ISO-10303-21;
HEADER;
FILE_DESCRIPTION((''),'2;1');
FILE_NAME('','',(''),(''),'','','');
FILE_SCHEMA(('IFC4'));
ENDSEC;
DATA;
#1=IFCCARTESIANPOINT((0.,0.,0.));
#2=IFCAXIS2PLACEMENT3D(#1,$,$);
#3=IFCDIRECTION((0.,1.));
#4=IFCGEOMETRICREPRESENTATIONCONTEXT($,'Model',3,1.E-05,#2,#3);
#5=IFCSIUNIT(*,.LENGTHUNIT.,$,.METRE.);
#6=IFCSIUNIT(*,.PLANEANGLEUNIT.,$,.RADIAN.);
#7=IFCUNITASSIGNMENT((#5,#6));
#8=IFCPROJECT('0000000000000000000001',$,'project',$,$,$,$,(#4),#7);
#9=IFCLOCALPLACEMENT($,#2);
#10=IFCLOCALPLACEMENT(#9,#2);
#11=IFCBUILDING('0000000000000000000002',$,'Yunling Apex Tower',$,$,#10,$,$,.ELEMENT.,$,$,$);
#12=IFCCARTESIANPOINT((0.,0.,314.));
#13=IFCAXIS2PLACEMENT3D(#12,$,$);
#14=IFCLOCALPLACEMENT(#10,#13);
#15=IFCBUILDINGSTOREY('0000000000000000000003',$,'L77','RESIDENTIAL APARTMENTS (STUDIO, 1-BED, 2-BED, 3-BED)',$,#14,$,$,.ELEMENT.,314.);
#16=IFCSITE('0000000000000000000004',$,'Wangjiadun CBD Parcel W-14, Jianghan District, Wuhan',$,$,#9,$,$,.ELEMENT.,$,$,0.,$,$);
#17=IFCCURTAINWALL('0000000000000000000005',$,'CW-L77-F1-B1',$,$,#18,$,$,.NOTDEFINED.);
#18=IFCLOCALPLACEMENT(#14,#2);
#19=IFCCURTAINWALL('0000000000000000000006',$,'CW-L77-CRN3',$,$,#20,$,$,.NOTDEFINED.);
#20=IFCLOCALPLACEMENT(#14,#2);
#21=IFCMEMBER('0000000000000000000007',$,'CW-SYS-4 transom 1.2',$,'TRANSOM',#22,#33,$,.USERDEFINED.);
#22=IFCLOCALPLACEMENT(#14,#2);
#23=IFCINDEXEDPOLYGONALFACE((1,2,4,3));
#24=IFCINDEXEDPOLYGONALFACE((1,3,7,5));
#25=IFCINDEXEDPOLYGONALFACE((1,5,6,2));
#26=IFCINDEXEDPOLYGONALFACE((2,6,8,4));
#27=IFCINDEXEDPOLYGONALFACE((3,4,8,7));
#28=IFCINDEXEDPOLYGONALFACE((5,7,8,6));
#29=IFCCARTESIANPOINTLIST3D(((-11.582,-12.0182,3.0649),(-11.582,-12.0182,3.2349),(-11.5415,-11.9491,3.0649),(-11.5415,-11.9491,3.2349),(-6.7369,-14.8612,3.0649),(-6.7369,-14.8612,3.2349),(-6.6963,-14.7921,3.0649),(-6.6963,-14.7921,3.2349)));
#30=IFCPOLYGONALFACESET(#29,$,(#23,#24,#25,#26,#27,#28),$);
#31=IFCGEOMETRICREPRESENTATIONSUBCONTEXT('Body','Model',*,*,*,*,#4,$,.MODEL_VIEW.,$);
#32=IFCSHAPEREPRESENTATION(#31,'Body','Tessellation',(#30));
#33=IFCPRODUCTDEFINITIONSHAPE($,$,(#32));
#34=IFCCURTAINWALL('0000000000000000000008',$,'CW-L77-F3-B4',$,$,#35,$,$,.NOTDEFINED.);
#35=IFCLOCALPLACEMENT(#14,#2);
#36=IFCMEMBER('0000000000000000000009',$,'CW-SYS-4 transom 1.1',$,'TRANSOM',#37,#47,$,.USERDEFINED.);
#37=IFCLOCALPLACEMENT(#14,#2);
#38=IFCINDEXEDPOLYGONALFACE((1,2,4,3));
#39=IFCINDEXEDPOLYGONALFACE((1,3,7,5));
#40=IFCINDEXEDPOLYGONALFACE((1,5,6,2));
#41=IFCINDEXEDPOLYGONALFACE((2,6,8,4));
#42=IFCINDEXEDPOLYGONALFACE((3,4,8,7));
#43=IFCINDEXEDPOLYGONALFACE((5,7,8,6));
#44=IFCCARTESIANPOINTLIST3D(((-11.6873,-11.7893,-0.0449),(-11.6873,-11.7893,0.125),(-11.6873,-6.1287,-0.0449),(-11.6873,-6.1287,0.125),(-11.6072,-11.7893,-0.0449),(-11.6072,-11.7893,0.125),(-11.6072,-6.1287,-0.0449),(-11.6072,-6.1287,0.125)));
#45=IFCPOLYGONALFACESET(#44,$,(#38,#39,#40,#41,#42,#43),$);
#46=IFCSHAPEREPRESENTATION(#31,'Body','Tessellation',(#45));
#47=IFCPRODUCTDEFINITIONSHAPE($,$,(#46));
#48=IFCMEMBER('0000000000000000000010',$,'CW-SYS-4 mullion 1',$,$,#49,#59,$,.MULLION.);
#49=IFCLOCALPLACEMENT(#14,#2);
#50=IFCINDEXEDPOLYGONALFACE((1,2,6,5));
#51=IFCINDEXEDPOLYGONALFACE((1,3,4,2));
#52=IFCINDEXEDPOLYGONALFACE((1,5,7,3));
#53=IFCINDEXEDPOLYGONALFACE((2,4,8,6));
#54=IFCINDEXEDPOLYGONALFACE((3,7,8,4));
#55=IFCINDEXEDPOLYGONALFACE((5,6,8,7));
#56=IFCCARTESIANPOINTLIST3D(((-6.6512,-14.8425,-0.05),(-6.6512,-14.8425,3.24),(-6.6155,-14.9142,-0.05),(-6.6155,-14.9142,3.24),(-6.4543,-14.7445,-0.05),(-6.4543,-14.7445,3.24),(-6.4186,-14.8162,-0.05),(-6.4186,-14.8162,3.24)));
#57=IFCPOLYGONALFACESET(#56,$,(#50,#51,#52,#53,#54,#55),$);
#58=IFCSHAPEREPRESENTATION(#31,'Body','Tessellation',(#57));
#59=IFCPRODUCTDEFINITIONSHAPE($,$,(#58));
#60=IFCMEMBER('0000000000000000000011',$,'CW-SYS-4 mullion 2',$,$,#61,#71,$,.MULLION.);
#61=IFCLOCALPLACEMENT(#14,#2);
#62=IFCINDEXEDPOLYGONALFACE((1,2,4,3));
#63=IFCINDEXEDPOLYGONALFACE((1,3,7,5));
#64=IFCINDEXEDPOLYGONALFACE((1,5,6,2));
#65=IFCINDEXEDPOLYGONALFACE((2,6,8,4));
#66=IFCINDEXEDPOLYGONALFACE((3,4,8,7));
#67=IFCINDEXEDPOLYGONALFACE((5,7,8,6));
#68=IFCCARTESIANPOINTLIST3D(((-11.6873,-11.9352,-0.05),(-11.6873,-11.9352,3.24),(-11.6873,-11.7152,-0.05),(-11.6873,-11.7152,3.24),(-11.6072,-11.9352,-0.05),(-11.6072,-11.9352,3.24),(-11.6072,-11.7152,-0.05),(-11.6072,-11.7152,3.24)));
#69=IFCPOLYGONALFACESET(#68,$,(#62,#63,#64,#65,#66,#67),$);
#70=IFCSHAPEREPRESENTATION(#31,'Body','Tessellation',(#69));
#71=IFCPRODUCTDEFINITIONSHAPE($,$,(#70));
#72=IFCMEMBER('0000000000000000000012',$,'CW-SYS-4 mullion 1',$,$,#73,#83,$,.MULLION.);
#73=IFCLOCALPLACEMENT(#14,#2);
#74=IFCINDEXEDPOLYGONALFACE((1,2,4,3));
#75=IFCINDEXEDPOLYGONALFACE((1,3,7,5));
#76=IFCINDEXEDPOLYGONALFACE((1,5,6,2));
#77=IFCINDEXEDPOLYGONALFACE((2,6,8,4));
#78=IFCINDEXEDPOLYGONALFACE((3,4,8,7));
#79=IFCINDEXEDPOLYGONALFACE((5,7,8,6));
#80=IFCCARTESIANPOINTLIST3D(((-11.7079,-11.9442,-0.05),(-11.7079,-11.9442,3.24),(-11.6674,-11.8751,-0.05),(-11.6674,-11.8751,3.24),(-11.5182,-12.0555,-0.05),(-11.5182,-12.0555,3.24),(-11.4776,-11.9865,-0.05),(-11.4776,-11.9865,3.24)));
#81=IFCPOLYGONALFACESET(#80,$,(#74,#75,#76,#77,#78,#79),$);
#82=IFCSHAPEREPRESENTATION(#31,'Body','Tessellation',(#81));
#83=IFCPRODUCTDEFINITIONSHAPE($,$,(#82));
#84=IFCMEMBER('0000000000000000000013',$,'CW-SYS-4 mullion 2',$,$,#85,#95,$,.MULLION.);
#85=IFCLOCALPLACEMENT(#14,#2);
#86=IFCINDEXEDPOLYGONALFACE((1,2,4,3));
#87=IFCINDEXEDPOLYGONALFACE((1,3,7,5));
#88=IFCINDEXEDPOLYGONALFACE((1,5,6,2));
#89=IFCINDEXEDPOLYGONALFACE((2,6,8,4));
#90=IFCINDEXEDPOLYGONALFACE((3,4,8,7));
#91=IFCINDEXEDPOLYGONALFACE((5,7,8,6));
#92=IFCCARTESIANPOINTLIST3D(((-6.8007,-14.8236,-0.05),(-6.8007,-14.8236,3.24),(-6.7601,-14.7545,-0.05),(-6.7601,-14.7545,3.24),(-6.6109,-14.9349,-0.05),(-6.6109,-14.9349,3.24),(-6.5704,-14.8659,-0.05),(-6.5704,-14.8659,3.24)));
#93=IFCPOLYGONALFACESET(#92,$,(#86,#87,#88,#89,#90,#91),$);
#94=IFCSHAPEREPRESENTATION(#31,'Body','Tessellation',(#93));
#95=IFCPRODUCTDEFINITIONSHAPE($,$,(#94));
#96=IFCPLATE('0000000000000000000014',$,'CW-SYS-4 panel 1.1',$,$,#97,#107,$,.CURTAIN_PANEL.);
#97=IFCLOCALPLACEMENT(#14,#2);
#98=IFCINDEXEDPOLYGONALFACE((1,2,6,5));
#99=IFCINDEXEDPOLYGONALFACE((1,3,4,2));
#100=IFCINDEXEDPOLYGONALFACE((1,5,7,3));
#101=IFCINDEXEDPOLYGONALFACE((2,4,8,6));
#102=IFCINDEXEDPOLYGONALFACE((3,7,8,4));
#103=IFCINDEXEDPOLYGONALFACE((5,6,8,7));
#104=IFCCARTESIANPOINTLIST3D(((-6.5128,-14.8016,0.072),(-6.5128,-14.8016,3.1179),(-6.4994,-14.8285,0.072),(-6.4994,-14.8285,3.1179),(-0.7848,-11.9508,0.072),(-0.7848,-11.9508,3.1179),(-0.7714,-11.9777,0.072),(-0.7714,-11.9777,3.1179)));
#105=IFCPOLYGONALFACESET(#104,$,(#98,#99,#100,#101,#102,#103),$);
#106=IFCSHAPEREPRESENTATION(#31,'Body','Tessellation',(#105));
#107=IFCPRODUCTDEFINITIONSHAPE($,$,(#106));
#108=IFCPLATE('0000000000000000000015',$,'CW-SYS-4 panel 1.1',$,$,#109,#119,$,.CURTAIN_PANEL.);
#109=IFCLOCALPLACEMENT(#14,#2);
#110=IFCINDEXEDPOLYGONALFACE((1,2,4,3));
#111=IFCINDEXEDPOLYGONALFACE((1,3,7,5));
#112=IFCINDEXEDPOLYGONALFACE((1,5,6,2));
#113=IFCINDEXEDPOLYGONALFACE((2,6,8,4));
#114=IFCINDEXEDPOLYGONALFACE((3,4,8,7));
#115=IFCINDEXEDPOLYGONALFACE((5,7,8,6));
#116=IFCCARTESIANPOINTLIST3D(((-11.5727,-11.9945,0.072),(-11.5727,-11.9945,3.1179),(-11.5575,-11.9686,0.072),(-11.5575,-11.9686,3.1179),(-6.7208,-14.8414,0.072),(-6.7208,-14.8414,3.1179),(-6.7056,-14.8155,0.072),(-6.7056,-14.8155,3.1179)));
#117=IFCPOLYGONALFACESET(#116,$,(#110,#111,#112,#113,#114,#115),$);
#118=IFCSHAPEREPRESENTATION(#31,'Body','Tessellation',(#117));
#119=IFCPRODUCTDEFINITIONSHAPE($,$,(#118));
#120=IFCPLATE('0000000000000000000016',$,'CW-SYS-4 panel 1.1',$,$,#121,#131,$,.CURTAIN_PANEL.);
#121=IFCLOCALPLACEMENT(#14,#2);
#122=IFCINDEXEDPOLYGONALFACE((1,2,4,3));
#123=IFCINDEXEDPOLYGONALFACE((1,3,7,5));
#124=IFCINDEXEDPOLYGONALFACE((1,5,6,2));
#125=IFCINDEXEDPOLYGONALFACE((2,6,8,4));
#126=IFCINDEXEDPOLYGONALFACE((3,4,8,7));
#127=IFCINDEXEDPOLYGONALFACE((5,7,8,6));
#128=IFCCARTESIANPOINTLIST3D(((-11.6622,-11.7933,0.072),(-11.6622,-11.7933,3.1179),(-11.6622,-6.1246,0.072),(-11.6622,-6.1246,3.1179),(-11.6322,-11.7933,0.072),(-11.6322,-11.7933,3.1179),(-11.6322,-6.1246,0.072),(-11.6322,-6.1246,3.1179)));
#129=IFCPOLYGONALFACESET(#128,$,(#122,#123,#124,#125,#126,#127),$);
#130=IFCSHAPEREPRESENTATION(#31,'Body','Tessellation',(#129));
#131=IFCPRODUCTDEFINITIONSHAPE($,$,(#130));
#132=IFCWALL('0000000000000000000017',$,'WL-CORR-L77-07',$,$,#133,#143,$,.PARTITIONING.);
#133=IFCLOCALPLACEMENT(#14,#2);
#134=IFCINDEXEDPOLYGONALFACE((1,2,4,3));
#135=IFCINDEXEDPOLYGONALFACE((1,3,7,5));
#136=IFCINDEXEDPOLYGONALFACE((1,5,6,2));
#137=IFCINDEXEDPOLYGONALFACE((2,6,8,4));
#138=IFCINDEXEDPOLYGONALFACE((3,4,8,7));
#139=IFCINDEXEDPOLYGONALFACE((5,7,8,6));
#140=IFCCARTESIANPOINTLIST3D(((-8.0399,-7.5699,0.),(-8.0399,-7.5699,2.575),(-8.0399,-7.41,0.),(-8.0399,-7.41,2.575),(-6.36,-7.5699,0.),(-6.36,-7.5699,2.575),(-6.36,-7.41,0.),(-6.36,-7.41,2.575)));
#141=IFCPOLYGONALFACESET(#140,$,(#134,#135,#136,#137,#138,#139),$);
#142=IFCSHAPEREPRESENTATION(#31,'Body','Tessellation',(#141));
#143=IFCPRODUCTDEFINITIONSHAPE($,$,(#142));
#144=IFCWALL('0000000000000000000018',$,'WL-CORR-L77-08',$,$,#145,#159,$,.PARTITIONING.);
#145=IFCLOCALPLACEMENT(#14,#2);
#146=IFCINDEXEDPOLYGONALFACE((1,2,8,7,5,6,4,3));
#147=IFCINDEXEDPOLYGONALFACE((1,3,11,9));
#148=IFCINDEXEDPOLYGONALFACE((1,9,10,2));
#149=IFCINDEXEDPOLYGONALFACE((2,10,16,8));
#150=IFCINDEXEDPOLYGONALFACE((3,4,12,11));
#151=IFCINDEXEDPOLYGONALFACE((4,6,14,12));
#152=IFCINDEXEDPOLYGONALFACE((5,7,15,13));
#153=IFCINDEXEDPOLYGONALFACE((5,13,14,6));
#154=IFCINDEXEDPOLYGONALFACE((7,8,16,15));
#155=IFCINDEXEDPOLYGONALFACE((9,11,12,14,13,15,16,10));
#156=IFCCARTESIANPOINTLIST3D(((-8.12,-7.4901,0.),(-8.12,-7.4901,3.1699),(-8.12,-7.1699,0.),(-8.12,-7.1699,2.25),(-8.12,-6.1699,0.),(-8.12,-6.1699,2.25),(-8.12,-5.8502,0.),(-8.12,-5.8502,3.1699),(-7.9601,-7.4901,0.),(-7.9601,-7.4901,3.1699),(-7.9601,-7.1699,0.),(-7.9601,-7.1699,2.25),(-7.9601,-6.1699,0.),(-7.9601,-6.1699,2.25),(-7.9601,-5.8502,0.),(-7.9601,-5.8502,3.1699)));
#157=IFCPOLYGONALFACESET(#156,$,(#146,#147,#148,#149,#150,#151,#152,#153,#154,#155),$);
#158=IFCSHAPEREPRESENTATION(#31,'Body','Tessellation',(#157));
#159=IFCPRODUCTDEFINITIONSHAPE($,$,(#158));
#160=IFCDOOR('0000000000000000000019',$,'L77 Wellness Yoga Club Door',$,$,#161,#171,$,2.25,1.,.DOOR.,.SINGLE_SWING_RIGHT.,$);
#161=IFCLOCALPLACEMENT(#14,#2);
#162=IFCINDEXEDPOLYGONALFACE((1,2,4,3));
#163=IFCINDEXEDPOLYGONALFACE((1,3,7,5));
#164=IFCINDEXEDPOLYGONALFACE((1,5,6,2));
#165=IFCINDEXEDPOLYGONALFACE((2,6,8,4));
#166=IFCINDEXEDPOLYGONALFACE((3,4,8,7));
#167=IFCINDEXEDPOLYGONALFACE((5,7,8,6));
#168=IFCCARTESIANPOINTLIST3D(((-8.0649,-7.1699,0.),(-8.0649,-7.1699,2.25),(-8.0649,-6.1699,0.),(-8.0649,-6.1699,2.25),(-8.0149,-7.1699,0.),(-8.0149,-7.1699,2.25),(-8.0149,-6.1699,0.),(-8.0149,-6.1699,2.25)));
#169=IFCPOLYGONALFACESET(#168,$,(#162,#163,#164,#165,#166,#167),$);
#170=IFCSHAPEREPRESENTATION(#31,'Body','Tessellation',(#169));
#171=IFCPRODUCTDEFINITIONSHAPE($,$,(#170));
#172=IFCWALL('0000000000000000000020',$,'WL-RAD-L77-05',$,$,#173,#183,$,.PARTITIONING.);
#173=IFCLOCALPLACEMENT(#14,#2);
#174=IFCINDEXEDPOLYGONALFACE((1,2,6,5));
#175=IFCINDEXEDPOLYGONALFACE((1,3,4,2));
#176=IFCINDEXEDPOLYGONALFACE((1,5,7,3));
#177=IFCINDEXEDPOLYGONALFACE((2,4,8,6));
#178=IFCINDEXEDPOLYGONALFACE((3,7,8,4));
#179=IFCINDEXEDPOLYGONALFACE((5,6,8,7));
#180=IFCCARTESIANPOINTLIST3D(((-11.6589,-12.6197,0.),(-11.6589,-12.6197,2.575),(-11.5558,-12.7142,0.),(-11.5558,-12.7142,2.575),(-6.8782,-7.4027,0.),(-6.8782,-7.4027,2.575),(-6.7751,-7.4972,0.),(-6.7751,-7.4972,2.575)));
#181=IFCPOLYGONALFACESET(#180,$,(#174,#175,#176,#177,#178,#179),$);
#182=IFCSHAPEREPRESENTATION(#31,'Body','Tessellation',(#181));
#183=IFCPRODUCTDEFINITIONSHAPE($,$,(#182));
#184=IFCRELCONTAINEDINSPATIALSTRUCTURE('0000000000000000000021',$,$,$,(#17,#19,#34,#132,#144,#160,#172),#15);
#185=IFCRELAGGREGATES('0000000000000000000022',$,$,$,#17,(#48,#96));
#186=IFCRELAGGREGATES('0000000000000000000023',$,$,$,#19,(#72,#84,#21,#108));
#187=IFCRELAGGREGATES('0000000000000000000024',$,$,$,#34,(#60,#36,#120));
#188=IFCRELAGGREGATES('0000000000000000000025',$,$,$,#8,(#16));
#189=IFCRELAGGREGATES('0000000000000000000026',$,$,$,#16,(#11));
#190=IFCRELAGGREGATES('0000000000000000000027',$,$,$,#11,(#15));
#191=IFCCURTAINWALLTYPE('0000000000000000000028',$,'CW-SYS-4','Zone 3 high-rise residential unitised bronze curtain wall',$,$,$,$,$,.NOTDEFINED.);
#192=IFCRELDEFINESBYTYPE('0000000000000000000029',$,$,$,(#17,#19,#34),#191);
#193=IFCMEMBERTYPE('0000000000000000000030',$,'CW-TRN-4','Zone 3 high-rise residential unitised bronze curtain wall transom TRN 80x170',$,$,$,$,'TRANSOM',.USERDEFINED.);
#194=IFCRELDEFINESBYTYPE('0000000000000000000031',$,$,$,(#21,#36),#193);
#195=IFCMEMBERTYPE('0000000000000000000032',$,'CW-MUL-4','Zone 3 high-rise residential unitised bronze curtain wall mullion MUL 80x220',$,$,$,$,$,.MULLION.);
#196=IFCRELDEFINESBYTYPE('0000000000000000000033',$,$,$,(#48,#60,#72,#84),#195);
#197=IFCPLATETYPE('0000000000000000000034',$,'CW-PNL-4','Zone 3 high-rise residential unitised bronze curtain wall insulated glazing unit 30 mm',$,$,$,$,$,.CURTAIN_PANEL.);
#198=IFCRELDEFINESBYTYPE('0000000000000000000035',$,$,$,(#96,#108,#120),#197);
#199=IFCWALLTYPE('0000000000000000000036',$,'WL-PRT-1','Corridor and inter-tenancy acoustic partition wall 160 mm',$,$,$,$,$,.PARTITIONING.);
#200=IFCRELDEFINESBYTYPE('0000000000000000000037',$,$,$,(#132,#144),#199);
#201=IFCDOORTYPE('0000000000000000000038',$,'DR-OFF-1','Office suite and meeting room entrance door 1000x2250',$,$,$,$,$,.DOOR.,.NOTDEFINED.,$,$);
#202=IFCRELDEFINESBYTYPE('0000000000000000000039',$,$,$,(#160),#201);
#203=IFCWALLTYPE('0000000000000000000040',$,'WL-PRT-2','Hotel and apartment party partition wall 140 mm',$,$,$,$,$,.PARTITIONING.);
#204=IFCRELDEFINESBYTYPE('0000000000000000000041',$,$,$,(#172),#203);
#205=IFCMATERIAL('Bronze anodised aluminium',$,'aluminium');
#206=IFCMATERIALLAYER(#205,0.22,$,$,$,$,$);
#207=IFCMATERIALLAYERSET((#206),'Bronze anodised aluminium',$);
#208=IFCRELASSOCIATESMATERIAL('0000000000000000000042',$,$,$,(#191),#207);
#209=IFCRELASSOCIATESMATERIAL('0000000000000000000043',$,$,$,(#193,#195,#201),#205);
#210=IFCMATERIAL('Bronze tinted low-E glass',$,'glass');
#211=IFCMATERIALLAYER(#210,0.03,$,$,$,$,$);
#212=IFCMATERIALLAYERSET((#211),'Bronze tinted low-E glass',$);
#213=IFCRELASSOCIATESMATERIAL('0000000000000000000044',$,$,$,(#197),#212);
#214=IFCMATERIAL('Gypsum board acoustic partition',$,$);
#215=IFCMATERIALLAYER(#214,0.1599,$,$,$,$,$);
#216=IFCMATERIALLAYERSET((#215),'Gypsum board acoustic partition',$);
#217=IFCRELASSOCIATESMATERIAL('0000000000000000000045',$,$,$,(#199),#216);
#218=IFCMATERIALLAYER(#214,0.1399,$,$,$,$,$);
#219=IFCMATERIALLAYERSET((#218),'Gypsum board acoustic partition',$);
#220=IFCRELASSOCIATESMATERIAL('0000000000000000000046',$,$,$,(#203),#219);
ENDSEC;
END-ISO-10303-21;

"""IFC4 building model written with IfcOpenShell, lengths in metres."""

from ifc_helpers import new_model, si_unit, direction, frame, frame_2d, origin, origin_2d, place, context, subcontext, project, spatial, rectangle, extrude, source, transform, mapped, material, layer, layer_set, material_profile, profile_set, type_object, element, fill, aggregate, save


model = new_model("IFC4")

# Units and contexts
model_context = context("Model", 3, precision=1e-05, world=origin(), true_north=direction((0.0, 1.0)))
body_context = subcontext(model_context, "Body", "Model", "MODEL_VIEW")
ifc_project = project(units=[si_unit("LENGTHUNIT", "METRE"), si_unit("PLANEANGLEUNIT", "RADIAN")], contexts=[model_context])

# Site, building, storey
site_placement = place(None, origin())
site = spatial("IfcSite", under=ifc_project, at=site_placement, Name="Wangjiadun CBD Parcel W-14, Jianghan District, Wuhan", CompositionType="ELEMENT", RefElevation=0.0)
building_placement = place(site_placement, origin())
building = spatial("IfcBuilding", under=site, at=building_placement, Name="Yunling Apex Tower", CompositionType="ELEMENT")
storey_placement = place(building_placement, frame((0.0, 0.0, 314.0)))
storey = spatial("IfcBuildingStorey", under=building, at=storey_placement, Name="L77", Description="RESIDENTIAL APARTMENTS (STUDIO, 1-BED, 2-BED, 3-BED)", CompositionType="ELEMENT", Elevation=314.0)

# Curtain walls, member
ifc_material_1 = material(Name="Bronze anodised aluminium", Category="aluminium")
ifc_layer_1 = layer(ifc_material_1, 0.22)
ifc_layer_set_1 = layer_set([ifc_layer_1], Name="Bronze anodised aluminium")
curtain_wall_type = type_object("IfcCurtainWallType", Name="CW-SYS-4", Description="Zone 3 high-rise residential unitised bronze curtain wall", PredefinedType="NOTDEFINED", material=ifc_layer_set_1)
curtain_wall_1_placement = place(storey_placement, origin())
curtain_wall_1 = element("IfcCurtainWall", 1, at=curtain_wall_1_placement, inside=storey, type_object=curtain_wall_type, Name="CW-L77-F1-B1", PredefinedType="NOTDEFINED")
ifc_material_profile_1 = material_profile(ifc_material_1, rectangle(XDim=0.0801, YDim=0.1699, at=origin_2d()))
ifc_profile_set_1 = profile_set([ifc_material_profile_1], Name="Bronze anodised aluminium")
member_type_1 = type_object("IfcMemberType", Name="CW-TRN-4", Description="Zone 3 high-rise residential unitised bronze curtain wall transom TRN 80x170", ElementType="TRANSOM", PredefinedType="USERDEFINED", material=ifc_profile_set_1)
curtain_wall_2_placement = place(storey_placement, origin())
curtain_wall_2 = element("IfcCurtainWall", 2, at=curtain_wall_2_placement, inside=storey, type_object=curtain_wall_type, Name="CW-L77-CRN3", PredefinedType="NOTDEFINED")
shared_shape_1 = source(origin(), body_context, "Body", "SweptSolid", [
    extrude(rectangle(XDim=0.0801, YDim=0.1699, at=origin_2d()), origin(), (0.0, 0.0, 1.0), 5.6177),
])
member_1_placement = place(storey_placement, frame((-11.5618, -11.9836, 3.1499), z_axis=(0.862487, -0.50608, 0.0), x_axis=(0.50608, 0.862487, 0.0)))
member_1 = element("IfcMember", 3, at=member_1_placement, type_object=member_type_1, Name="CW-SYS-4 transom 1.2", ObjectType="TRANSOM", PredefinedType="USERDEFINED", context=body_context, shape_type="MappedRepresentation", body=[
    mapped(shared_shape_1, transform((0.0, 0.0, 0.0), scale=1.0)),
])

# Curtain wall, member
curtain_wall_3_placement = place(storey_placement, origin())
curtain_wall_3 = element("IfcCurtainWall", 4, at=curtain_wall_3_placement, inside=storey, type_object=curtain_wall_type, Name="CW-L77-F3-B4", PredefinedType="NOTDEFINED")
shared_shape_2 = source(origin(), body_context, "Body", "SweptSolid", [
    extrude(rectangle(XDim=0.0801, YDim=0.1699, at=origin_2d()), origin(), (0.0, 0.0, 1.0), 5.6606),
])
member_2_placement = place(storey_placement, frame((-11.6472, -6.1287, 0.04), z_axis=(0.0, -1.0, 0.0), x_axis=(1.0, 0.0, 0.0)))
member_2 = element("IfcMember", 5, at=member_2_placement, type_object=member_type_1, Name="CW-SYS-4 transom 1.1", ObjectType="TRANSOM", PredefinedType="USERDEFINED", context=body_context, shape_type="MappedRepresentation", body=[
    mapped(shared_shape_2, transform((0.0, 0.0, 0.0), scale=1.0)),
])

# Members
ifc_material_profile_2 = material_profile(ifc_material_1, rectangle(XDim=0.0801, YDim=0.22, at=origin_2d()))
ifc_profile_set_2 = profile_set([ifc_material_profile_2], Name="Bronze anodised aluminium")
member_type_2 = type_object("IfcMemberType", Name="CW-MUL-4", Description="Zone 3 high-rise residential unitised bronze curtain wall mullion MUL 80x220", PredefinedType="MULLION", material=ifc_profile_set_2)
shared_shape_3 = source(origin(), body_context, "Body", "SweptSolid", [
    extrude(rectangle(XDim=0.0801, YDim=0.22, at=origin_2d()), origin(), (0.0, 0.0, 1.0), 3.29),
])
member_3_placement = place(storey_placement, frame((-6.5349, -14.8293, -0.05), z_axis=(0.0, 0.0, 1.0), x_axis=(-0.445568, 0.895248, 0.0)))
member_3 = element("IfcMember", 6, at=member_3_placement, type_object=member_type_2, Name="CW-SYS-4 mullion 1", PredefinedType="MULLION", context=body_context, shape_type="MappedRepresentation", body=[
    mapped(shared_shape_3, transform((0.0, 0.0, 0.0), scale=1.0)),
])
member_4_placement = place(storey_placement, frame((-11.6472, -11.8252, -0.05), z_axis=(0.0, 0.0, 1.0), x_axis=(1.0, 0.0, 0.0)))
member_4 = element("IfcMember", 7, at=member_4_placement, type_object=member_type_2, Name="CW-SYS-4 mullion 2", PredefinedType="MULLION", context=body_context, shape_type="MappedRepresentation", body=[
    mapped(shared_shape_3, transform((0.0, 0.0, 0.0), scale=1.0)),
])
member_5_placement = place(storey_placement, frame((-11.5928, -11.9653, -0.05), z_axis=(0.0, 0.0, 1.0), x_axis=(0.50607, 0.862492, 0.0)))
member_5 = element("IfcMember", 8, at=member_5_placement, type_object=member_type_2, Name="CW-SYS-4 mullion 1", PredefinedType="MULLION", context=body_context, shape_type="MappedRepresentation", body=[
    mapped(shared_shape_3, transform((0.0, 0.0, 0.0), scale=1.0)),
])
member_6_placement = place(storey_placement, frame((-6.6855, -14.8447, -0.05), z_axis=(0.0, 0.0, 1.0), x_axis=(0.50607, 0.862492, 0.0)))
member_6 = element("IfcMember", 9, at=member_6_placement, type_object=member_type_2, Name="CW-SYS-4 mullion 2", PredefinedType="MULLION", context=body_context, shape_type="MappedRepresentation", body=[
    mapped(shared_shape_3, transform((0.0, 0.0, 0.0), scale=1.0)),
])

# Plates
ifc_material_2 = material(Name="Bronze tinted low-E glass", Category="glass")
ifc_layer_2 = layer(ifc_material_2, 0.03)
ifc_layer_set_2 = layer_set([ifc_layer_2], Name="Bronze tinted low-E glass")
plate_type = type_object("IfcPlateType", Name="CW-PNL-4", Description="Zone 3 high-rise residential unitised bronze curtain wall insulated glazing unit 30 mm", PredefinedType="CURTAIN_PANEL", material=ifc_layer_set_2)
shared_shape_4 = source(origin(), body_context, "Body", "SweptSolid", [
    extrude(rectangle(XDim=6.3982, YDim=0.03, at=origin_2d()), origin(), (0.0, 0.0, 1.0), 3.0459),
])
plate_1_placement = place(storey_placement, frame((-3.6421, -13.3896, 0.072), z_axis=(0.0, 0.0, 1.0), x_axis=(0.895248, 0.445568, 0.0)))
plate_1 = element("IfcPlate", 10, at=plate_1_placement, type_object=plate_type, Name="CW-SYS-4 panel 1.1", PredefinedType="CURTAIN_PANEL", context=body_context, shape_type="MappedRepresentation", body=[
    mapped(shared_shape_4, transform((0.0, 0.0, 0.0), scale=1.0)),
])
aggregate(curtain_wall_1, [member_3, plate_1])
shared_shape_5 = source(origin(), body_context, "Body", "SweptSolid", [
    extrude(rectangle(XDim=5.6255, YDim=0.03, at=origin_2d()), origin(), (0.0, 0.0, 1.0), 3.0459),
])
plate_2_placement = place(storey_placement, frame((-9.1392, -13.405, 0.072), z_axis=(0.0, 0.0, 1.0), x_axis=(0.862492, -0.50607, 0.0)))
plate_2 = element("IfcPlate", 11, at=plate_2_placement, type_object=plate_type, Name="CW-SYS-4 panel 1.1", PredefinedType="CURTAIN_PANEL", context=body_context, shape_type="MappedRepresentation", body=[
    mapped(shared_shape_5, transform((0.0, 0.0, 0.0), scale=1.0)),
])
aggregate(curtain_wall_2, [member_5, member_6, member_1, plate_2])
shared_shape_6 = source(origin(), body_context, "Body", "SweptSolid", [
    extrude(rectangle(XDim=5.6687, YDim=0.03, at=origin_2d()), origin(), (0.0, 0.0, 1.0), 3.0459),
])
plate_3_placement = place(storey_placement, frame((-11.6472, -8.959, 0.072), z_axis=(0.0, 0.0, 1.0), x_axis=(0.0, -1.0, 0.0)))
plate_3 = element("IfcPlate", 12, at=plate_3_placement, type_object=plate_type, Name="CW-SYS-4 panel 1.1", PredefinedType="CURTAIN_PANEL", context=body_context, shape_type="MappedRepresentation", body=[
    mapped(shared_shape_6, transform((0.0, 0.0, 0.0), scale=1.0)),
])
aggregate(curtain_wall_3, [member_4, member_2, plate_3])

# Wall
ifc_material_3 = material(Name="Gypsum board acoustic partition")
ifc_layer_3 = layer(ifc_material_3, 0.1599)
ifc_layer_set_3 = layer_set([ifc_layer_3], Name="Gypsum board acoustic partition")
wall_type_1 = type_object("IfcWallType", Name="WL-PRT-1", Description="Corridor and inter-tenancy acoustic partition wall 160 mm", PredefinedType="PARTITIONING", material=ifc_layer_set_3)
wall_1_placement = place(storey_placement, frame((-6.3601, -7.49, 0.0), z_axis=(0.0, 0.0, 1.0), x_axis=(-1.0, 0.0, 0.0)))
element("IfcWall", 13, at=wall_1_placement, inside=storey, type_object=wall_type_1, Name="WL-CORR-L77-07", PredefinedType="PARTITIONING", context=body_context, shape_type="SweptSolid", body=[
    extrude(rectangle(XDim=1.6799, YDim=0.1599, at=frame_2d((0.8398, 0.0))), origin(), (0.0, 0.0, 1.0), 2.575),
])

# Wall, opening, door
wall_2_placement = place(storey_placement, frame((-8.04, -7.49, 0.0), z_axis=(0.0, 0.0, 1.0), x_axis=(0.0, 1.0, 0.0)))
wall_2 = element("IfcWall", 14, at=wall_2_placement, inside=storey, type_object=wall_type_1, Name="WL-CORR-L77-08", PredefinedType="PARTITIONING", context=body_context, shape_type="SweptSolid", body=[
    extrude(rectangle(XDim=1.6399, YDim=0.1599, at=frame_2d((0.8198, 0.0))), origin(), (0.0, 0.0, 1.0), 3.1699),
])
opening_placement = place(wall_2_placement, frame((0.3201, 0.0, 0.0)))
opening = element("IfcOpeningElement", 15, at=opening_placement, cuts=wall_2, PredefinedType="OPENING", context=body_context, shape_type="SweptSolid", body=[
    extrude(rectangle(XDim=1.0, YDim=2.25, at=frame_2d((0.5, 1.125))), frame((0.0, 0.0898, 0.0), z_axis=(0.0, -1.0, 0.0), x_axis=(1.0, 0.0, 0.0)), (0.0, 0.0, 1.0), 0.1799),
])
door_type = type_object("IfcDoorType", Name="DR-OFF-1", Description="Office suite and meeting room entrance door 1000x2250", OperationType="NOTDEFINED", PredefinedType="DOOR", material=ifc_material_1)
door_placement = place(opening_placement, origin())
door = element("IfcDoor", 16, at=door_placement, inside=storey, type_object=door_type, Name="L77 Wellness Yoga Club Door", OperationType="SINGLE_SWING_RIGHT", OverallHeight=2.25, OverallWidth=1.0, PredefinedType="DOOR", context=body_context, shape_type="SweptSolid", body=[
    extrude(rectangle(XDim=1.0, YDim=2.25, at=frame_2d((0.5, 1.125))), frame((0.0, 0.0249, 0.0), z_axis=(0.0, -1.0, 0.0), x_axis=(1.0, 0.0, 0.0)), (0.0, 0.0, 1.0), 0.05),
])
fill(opening, door)

# Wall
ifc_layer_4 = layer(ifc_material_3, 0.1399)
ifc_layer_set_4 = layer_set([ifc_layer_4], Name="Gypsum board acoustic partition")
wall_type_2 = type_object("IfcWallType", Name="WL-PRT-2", Description="Hotel and apartment party partition wall 140 mm", PredefinedType="PARTITIONING", material=ifc_layer_set_4)
wall_3_placement = place(storey_placement, frame((-6.8267, -7.45, 0.0), z_axis=(0.0, 0.0, 1.0), x_axis=(-0.675607, -0.737262, 0.0)))
element("IfcWall", 17, at=wall_3_placement, inside=storey, type_object=wall_type_2, Name="WL-RAD-L77-05", PredefinedType="PARTITIONING", context=body_context, shape_type="SweptSolid", body=[
    extrude(rectangle(XDim=7.0762, YDim=0.1399, at=frame_2d((3.5381, 0.0))), origin(), (0.0, 0.0, 1.0), 2.575),
])

save(model, "model.ifc")
